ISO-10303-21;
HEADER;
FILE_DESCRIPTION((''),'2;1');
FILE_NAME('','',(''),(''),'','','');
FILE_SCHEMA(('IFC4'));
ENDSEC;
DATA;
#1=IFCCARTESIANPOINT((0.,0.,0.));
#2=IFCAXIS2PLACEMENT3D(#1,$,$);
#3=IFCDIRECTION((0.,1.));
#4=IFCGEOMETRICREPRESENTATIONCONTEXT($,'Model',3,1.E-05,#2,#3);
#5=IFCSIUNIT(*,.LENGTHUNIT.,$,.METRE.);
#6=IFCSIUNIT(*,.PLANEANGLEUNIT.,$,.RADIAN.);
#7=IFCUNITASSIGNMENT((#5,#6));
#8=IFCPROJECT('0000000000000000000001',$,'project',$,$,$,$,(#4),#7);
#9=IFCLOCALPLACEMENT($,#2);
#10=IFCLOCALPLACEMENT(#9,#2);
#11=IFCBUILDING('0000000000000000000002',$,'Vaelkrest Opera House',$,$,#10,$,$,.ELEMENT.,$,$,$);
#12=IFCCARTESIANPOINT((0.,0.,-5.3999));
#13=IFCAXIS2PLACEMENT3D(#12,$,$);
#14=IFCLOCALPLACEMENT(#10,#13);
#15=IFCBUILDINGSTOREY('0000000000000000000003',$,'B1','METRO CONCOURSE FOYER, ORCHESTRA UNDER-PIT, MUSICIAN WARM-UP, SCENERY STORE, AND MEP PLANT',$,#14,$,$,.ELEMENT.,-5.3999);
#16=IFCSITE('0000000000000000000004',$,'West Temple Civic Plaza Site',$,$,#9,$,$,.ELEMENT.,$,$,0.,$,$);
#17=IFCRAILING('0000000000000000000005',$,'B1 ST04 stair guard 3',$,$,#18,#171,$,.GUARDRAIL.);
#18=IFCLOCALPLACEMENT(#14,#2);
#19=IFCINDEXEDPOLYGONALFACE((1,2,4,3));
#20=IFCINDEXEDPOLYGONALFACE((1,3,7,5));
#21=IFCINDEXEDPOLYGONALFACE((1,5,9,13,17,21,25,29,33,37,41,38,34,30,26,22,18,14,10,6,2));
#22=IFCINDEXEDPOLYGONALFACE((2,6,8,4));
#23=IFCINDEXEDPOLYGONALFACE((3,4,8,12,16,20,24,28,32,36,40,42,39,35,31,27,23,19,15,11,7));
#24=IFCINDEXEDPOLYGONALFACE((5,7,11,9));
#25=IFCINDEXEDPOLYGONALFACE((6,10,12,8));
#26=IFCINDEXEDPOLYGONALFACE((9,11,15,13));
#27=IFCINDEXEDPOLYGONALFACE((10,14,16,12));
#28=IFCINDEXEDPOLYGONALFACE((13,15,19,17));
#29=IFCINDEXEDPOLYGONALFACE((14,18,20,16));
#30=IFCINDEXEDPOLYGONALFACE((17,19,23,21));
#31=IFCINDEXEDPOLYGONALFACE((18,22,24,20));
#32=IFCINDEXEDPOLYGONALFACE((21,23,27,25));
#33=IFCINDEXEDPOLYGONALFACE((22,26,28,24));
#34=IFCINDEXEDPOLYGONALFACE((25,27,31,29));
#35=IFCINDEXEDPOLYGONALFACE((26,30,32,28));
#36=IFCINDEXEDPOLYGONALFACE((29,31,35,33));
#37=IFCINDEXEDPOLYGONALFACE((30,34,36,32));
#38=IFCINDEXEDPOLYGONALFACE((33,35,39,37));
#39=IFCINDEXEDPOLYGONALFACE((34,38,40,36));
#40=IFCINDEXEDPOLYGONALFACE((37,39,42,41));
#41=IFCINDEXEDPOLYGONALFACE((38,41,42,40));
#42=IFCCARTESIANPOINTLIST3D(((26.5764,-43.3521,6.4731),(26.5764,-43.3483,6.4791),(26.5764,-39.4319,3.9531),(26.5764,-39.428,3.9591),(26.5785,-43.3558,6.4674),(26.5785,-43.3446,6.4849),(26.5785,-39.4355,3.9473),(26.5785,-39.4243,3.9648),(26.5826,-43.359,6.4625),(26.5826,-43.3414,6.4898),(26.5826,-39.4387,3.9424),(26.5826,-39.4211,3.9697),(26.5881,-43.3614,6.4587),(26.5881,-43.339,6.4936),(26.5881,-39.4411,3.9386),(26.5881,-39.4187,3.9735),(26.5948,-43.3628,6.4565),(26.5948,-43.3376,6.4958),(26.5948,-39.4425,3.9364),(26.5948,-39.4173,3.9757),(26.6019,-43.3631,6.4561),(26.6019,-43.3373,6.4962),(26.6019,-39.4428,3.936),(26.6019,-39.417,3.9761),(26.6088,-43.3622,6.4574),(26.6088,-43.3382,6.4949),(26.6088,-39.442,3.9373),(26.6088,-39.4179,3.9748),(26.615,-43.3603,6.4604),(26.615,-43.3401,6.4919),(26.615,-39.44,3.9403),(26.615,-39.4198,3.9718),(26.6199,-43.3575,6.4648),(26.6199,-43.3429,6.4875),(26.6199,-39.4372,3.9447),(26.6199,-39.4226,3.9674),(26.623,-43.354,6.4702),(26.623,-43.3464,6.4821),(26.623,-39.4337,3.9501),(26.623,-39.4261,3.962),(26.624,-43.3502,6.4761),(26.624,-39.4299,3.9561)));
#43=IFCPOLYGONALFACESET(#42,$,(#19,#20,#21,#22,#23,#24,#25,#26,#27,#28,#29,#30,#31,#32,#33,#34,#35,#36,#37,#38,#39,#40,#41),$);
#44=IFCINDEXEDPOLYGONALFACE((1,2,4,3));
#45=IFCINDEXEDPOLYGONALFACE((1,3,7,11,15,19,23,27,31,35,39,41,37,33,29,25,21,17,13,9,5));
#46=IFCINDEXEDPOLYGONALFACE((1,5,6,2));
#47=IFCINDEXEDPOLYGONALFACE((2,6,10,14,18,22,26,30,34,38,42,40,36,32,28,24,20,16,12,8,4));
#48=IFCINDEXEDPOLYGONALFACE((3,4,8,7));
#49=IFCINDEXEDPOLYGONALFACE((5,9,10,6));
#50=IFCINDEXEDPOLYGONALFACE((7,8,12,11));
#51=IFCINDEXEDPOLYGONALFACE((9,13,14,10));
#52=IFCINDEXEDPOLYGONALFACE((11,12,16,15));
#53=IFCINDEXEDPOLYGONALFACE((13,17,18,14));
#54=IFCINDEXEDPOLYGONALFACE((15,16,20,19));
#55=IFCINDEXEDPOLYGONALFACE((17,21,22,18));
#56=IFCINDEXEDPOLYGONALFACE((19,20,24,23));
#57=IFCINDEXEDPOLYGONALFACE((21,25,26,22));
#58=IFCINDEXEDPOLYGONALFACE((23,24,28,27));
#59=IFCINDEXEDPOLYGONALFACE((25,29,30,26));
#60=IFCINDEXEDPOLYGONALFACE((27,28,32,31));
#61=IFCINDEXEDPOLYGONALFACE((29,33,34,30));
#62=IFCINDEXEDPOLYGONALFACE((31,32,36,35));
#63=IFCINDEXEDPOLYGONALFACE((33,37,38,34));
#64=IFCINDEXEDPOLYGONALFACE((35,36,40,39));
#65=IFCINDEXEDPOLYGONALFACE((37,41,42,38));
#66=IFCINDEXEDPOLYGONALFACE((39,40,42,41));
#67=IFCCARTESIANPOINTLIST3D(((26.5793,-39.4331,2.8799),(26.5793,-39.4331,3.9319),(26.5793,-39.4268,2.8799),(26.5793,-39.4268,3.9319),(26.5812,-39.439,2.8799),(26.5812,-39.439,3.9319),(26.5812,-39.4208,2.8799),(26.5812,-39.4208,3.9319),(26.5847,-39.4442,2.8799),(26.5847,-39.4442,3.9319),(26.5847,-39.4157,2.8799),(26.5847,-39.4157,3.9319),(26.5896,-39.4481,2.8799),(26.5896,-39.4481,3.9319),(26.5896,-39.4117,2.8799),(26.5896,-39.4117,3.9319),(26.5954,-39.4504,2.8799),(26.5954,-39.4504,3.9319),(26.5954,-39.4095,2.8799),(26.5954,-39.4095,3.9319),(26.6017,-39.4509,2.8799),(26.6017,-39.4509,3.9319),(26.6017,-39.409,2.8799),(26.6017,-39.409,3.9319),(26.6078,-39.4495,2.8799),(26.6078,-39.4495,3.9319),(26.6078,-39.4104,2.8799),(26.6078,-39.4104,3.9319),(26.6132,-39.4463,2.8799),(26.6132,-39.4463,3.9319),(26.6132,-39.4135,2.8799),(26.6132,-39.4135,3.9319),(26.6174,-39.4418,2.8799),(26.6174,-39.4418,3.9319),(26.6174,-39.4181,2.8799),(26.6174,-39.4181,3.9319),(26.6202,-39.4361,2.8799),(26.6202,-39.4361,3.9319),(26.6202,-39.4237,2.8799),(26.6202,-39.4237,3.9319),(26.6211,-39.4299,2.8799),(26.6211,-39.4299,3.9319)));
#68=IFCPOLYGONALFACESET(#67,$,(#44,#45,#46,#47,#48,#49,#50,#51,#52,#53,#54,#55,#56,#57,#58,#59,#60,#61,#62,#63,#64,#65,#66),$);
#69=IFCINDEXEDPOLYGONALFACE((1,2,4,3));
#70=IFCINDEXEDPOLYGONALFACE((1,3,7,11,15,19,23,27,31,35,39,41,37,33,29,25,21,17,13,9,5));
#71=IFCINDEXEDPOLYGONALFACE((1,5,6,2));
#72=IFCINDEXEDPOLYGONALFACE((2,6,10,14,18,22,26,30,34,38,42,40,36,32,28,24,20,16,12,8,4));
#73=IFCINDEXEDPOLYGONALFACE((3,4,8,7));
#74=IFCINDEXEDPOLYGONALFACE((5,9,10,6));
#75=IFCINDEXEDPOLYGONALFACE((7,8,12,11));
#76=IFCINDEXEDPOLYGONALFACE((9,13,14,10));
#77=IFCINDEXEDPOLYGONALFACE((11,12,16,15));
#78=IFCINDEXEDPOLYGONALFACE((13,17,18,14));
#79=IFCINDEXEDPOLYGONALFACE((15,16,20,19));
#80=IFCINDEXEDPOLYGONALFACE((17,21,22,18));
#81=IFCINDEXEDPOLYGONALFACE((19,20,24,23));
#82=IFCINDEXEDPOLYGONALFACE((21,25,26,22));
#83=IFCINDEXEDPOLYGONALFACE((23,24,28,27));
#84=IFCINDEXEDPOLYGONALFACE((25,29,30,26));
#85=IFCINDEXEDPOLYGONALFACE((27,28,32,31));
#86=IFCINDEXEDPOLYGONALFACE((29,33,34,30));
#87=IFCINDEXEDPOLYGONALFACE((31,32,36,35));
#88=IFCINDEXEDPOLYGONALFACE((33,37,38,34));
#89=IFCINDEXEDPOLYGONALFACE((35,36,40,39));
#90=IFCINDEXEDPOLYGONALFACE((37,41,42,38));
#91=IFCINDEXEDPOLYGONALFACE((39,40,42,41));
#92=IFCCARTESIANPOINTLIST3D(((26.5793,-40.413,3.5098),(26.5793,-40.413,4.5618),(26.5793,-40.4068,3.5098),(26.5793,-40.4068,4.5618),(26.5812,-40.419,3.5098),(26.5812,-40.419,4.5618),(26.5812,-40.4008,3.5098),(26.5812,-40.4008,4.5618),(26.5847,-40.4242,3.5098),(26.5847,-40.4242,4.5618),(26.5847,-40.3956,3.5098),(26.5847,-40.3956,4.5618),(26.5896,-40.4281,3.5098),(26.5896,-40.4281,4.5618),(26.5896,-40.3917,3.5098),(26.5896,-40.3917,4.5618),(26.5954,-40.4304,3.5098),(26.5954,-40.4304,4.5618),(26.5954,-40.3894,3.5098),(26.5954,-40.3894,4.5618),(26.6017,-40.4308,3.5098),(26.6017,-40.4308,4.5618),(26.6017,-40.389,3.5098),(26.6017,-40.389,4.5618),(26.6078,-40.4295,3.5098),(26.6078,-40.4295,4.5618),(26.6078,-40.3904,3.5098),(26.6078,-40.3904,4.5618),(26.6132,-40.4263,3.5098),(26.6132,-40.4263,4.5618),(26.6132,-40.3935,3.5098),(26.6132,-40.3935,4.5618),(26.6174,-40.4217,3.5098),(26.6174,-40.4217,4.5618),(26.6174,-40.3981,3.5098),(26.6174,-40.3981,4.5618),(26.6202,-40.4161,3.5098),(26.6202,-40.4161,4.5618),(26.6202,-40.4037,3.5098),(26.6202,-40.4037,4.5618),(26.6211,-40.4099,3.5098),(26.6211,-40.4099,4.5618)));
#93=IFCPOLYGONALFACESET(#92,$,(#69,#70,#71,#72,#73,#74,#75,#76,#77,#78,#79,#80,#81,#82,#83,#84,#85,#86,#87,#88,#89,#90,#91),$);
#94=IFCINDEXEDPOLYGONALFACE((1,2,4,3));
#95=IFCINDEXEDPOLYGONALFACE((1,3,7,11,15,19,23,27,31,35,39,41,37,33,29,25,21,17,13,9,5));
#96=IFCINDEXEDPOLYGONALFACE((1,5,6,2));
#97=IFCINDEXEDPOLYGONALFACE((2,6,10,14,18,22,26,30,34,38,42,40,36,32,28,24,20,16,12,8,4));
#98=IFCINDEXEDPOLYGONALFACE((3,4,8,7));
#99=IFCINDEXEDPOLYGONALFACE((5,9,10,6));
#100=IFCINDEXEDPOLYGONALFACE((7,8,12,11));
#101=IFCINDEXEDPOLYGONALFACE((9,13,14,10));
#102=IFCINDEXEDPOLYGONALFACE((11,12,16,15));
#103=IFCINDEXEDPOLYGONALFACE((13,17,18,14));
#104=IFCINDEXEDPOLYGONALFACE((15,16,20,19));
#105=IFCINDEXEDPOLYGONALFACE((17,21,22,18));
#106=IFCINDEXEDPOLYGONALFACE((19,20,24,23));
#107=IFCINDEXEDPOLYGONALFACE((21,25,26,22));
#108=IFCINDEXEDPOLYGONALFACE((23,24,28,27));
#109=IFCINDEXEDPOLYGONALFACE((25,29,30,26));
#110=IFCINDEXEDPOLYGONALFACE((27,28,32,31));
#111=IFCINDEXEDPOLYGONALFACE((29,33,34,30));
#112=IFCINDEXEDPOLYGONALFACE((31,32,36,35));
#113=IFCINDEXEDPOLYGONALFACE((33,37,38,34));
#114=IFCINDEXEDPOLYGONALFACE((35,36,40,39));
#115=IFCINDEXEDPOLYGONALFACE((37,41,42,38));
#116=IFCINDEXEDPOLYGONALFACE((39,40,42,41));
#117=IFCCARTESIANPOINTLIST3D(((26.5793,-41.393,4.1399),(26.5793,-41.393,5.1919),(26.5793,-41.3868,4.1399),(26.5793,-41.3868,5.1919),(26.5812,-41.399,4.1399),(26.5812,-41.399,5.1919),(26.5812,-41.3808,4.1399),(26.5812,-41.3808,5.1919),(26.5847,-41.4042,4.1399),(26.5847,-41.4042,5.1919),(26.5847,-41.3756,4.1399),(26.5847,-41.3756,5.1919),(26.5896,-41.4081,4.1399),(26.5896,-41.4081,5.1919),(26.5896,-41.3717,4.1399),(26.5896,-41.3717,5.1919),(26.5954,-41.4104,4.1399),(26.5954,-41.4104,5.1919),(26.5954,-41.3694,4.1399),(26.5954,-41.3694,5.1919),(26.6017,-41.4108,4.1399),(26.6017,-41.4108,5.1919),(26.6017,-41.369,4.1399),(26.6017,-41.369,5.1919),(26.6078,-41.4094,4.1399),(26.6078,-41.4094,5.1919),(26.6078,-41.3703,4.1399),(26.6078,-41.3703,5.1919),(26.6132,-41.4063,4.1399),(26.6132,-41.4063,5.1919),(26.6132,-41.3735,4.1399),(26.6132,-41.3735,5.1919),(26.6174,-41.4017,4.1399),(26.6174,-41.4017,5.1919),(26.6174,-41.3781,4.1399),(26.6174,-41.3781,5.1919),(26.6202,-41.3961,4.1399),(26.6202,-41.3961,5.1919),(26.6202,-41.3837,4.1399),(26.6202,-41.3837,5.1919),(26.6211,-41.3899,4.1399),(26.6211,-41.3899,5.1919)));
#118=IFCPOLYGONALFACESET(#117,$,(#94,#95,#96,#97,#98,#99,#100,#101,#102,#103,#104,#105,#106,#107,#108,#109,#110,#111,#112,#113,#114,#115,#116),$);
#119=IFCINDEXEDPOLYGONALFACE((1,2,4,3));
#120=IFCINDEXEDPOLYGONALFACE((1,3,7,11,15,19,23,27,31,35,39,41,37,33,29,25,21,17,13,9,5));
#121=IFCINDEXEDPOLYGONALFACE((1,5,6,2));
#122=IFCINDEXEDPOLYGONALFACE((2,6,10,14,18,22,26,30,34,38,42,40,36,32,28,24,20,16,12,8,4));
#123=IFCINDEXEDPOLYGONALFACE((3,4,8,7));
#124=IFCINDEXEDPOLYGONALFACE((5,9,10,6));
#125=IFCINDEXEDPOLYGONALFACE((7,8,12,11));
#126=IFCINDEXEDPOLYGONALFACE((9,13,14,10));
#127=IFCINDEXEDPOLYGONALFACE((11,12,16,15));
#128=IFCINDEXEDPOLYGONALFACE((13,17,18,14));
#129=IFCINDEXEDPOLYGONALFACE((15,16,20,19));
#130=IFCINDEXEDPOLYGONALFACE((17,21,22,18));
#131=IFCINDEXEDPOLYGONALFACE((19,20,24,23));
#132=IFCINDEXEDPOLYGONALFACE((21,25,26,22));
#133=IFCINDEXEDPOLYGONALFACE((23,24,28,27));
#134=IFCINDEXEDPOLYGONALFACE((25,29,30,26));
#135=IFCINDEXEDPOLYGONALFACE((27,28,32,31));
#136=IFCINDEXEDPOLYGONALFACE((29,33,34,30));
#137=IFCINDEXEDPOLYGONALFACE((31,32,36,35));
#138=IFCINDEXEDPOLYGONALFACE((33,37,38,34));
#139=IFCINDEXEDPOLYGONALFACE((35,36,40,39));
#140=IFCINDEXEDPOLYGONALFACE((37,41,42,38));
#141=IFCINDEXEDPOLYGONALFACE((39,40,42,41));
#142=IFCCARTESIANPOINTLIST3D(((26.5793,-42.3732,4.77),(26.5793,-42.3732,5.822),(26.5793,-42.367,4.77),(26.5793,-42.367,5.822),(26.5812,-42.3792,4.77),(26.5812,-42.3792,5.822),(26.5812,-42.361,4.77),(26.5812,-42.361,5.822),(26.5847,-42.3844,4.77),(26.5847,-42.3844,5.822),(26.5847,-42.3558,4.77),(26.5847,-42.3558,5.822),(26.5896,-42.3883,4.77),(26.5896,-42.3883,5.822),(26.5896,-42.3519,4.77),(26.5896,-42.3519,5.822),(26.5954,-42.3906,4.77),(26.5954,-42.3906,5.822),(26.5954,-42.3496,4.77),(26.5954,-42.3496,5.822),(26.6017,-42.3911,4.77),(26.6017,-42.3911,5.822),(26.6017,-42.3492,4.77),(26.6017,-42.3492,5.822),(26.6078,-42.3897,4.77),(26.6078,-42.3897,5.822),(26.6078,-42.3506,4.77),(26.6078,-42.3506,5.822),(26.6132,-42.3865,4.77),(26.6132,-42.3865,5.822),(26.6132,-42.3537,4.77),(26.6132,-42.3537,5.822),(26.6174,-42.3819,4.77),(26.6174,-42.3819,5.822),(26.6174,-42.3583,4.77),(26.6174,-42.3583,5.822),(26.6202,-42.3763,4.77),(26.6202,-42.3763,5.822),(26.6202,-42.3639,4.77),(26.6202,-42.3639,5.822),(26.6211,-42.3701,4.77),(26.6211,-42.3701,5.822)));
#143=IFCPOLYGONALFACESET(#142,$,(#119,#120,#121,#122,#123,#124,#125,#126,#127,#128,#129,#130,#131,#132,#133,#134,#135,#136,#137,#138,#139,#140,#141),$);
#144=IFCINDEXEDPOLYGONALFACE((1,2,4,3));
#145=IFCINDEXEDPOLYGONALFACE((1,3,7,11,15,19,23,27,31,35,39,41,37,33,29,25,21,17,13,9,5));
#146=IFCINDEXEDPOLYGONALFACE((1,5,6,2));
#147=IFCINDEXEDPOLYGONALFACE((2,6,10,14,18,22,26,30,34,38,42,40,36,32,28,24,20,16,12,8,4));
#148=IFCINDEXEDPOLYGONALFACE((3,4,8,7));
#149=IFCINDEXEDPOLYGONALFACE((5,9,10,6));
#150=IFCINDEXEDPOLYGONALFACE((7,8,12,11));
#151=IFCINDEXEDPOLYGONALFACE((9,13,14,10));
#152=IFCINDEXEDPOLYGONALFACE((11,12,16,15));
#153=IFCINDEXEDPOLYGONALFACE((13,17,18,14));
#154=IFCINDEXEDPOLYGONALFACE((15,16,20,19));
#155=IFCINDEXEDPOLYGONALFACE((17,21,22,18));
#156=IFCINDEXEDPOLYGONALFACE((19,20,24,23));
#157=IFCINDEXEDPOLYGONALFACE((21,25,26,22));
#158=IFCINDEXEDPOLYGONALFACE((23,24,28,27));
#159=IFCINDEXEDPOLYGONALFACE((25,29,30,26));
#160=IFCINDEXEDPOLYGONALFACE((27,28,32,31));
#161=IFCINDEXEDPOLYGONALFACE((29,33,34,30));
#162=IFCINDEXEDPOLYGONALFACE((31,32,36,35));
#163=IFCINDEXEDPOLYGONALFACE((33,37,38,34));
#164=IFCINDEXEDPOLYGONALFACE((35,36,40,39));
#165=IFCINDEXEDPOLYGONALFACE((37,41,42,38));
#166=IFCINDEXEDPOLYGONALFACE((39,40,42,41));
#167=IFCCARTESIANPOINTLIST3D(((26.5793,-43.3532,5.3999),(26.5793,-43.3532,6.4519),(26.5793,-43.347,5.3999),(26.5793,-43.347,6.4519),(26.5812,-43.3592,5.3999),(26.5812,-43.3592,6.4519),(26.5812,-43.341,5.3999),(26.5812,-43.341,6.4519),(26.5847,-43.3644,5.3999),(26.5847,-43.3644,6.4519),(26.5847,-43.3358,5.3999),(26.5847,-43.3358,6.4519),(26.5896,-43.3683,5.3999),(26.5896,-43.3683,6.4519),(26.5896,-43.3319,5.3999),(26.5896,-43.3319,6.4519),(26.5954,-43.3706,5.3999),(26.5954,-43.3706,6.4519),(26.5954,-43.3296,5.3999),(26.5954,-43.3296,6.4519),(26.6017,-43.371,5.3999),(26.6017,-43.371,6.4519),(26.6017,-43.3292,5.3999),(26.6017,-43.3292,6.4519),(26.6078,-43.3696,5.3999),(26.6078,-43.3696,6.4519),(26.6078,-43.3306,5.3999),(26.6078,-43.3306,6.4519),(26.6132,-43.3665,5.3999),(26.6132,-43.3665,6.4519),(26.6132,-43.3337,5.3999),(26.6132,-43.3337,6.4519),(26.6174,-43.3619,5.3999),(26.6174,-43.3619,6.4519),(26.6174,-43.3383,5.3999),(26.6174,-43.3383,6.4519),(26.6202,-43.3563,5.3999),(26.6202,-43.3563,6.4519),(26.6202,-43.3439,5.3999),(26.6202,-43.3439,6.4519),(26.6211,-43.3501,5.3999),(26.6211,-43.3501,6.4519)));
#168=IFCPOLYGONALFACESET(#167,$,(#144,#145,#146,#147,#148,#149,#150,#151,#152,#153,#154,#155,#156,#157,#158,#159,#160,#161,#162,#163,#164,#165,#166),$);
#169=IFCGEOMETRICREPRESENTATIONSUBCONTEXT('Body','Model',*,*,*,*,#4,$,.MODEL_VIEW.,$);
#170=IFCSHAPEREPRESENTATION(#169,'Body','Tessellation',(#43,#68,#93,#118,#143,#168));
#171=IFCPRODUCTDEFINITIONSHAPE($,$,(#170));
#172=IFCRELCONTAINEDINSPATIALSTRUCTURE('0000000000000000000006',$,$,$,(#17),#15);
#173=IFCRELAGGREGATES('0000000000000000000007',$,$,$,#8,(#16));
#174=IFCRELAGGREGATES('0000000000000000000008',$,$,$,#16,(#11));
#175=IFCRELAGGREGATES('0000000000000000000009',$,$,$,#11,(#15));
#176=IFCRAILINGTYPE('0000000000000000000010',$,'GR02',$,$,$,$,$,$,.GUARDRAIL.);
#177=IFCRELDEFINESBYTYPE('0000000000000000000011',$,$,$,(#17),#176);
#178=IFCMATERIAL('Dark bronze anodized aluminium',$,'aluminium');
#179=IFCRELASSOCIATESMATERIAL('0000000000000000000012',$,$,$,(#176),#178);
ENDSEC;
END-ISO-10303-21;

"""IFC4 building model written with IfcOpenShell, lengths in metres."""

from ifc_helpers import new_model, si_unit, direction, frame, origin, origin_2d, place, context, subcontext, project, spatial, circle, extrude, material, type_object, element, save


model = new_model("IFC4")

# Units and contexts
model_context = context("Model", 3, precision=1e-05, world=origin(), true_north=direction((0.0, 1.0)))
body_context = subcontext(model_context, "Body", "Model", "MODEL_VIEW")
ifc_project = project(units=[si_unit("LENGTHUNIT", "METRE"), si_unit("PLANEANGLEUNIT", "RADIAN")], contexts=[model_context])

# Site, building, storey
site_placement = place(None, origin())
site = spatial("IfcSite", under=ifc_project, at=site_placement, Name="West Temple Civic Plaza Site", CompositionType="ELEMENT", RefElevation=0.0)
building_placement = place(site_placement, origin())
building = spatial("IfcBuilding", under=site, at=building_placement, Name="Vaelkrest Opera House", CompositionType="ELEMENT")
storey_placement = place(building_placement, frame((0.0, 0.0, -5.3999)))
storey = spatial("IfcBuildingStorey", under=building, at=storey_placement, Name="B1", Description="METRO CONCOURSE FOYER, ORCHESTRA UNDER-PIT, MUSICIAN WARM-UP, SCENERY STORE, AND MEP PLANT", CompositionType="ELEMENT", Elevation=-5.3999)

# Shared definitions
ifc_material_1 = material(Name="Dark bronze anodized aluminium", Category="aluminium")

# Railing
railing_type_1 = type_object("IfcRailingType", Name="GR02", PredefinedType="GUARDRAIL", material=ifc_material_1)
railing_1_placement = place(storey_placement, frame((26.6001, -39.4299, 2.8799)))
element("IfcRailing", 1, at=railing_1_placement, inside=storey, type_object=railing_type_1, Name="B1 ST04 stair guard 3", PredefinedType="GUARDRAIL", context=body_context, shape_type="SweptSolid", body=[
    extrude(circle(Radius=0.0239, at=origin_2d()), frame((0.0, 0.0, 1.0762), z_axis=(0.0, -0.841187, 0.540744), x_axis=(1.0, 0.0, 0.0)), (0.0, 0.0, 1.0), 4.6604),
    extrude(circle(Radius=0.021, at=origin_2d()), origin(), (0.0, 0.0, 1.0), 1.052),
    extrude(circle(Radius=0.021, at=origin_2d()), frame((0.0, -0.98, 0.6299)), (0.0, 0.0, 1.0), 1.052),
    extrude(circle(Radius=0.021, at=origin_2d()), frame((0.0, -1.96, 1.26)), (0.0, 0.0, 1.0), 1.052),
    extrude(circle(Radius=0.021, at=origin_2d()), frame((0.0, -2.9402, 1.8901)), (0.0, 0.0, 1.0), 1.052),
    extrude(circle(Radius=0.021, at=origin_2d()), frame((0.0, -3.9202, 2.52)), (0.0, 0.0, 1.0), 1.052),
])

save(model, "model.ifc")
